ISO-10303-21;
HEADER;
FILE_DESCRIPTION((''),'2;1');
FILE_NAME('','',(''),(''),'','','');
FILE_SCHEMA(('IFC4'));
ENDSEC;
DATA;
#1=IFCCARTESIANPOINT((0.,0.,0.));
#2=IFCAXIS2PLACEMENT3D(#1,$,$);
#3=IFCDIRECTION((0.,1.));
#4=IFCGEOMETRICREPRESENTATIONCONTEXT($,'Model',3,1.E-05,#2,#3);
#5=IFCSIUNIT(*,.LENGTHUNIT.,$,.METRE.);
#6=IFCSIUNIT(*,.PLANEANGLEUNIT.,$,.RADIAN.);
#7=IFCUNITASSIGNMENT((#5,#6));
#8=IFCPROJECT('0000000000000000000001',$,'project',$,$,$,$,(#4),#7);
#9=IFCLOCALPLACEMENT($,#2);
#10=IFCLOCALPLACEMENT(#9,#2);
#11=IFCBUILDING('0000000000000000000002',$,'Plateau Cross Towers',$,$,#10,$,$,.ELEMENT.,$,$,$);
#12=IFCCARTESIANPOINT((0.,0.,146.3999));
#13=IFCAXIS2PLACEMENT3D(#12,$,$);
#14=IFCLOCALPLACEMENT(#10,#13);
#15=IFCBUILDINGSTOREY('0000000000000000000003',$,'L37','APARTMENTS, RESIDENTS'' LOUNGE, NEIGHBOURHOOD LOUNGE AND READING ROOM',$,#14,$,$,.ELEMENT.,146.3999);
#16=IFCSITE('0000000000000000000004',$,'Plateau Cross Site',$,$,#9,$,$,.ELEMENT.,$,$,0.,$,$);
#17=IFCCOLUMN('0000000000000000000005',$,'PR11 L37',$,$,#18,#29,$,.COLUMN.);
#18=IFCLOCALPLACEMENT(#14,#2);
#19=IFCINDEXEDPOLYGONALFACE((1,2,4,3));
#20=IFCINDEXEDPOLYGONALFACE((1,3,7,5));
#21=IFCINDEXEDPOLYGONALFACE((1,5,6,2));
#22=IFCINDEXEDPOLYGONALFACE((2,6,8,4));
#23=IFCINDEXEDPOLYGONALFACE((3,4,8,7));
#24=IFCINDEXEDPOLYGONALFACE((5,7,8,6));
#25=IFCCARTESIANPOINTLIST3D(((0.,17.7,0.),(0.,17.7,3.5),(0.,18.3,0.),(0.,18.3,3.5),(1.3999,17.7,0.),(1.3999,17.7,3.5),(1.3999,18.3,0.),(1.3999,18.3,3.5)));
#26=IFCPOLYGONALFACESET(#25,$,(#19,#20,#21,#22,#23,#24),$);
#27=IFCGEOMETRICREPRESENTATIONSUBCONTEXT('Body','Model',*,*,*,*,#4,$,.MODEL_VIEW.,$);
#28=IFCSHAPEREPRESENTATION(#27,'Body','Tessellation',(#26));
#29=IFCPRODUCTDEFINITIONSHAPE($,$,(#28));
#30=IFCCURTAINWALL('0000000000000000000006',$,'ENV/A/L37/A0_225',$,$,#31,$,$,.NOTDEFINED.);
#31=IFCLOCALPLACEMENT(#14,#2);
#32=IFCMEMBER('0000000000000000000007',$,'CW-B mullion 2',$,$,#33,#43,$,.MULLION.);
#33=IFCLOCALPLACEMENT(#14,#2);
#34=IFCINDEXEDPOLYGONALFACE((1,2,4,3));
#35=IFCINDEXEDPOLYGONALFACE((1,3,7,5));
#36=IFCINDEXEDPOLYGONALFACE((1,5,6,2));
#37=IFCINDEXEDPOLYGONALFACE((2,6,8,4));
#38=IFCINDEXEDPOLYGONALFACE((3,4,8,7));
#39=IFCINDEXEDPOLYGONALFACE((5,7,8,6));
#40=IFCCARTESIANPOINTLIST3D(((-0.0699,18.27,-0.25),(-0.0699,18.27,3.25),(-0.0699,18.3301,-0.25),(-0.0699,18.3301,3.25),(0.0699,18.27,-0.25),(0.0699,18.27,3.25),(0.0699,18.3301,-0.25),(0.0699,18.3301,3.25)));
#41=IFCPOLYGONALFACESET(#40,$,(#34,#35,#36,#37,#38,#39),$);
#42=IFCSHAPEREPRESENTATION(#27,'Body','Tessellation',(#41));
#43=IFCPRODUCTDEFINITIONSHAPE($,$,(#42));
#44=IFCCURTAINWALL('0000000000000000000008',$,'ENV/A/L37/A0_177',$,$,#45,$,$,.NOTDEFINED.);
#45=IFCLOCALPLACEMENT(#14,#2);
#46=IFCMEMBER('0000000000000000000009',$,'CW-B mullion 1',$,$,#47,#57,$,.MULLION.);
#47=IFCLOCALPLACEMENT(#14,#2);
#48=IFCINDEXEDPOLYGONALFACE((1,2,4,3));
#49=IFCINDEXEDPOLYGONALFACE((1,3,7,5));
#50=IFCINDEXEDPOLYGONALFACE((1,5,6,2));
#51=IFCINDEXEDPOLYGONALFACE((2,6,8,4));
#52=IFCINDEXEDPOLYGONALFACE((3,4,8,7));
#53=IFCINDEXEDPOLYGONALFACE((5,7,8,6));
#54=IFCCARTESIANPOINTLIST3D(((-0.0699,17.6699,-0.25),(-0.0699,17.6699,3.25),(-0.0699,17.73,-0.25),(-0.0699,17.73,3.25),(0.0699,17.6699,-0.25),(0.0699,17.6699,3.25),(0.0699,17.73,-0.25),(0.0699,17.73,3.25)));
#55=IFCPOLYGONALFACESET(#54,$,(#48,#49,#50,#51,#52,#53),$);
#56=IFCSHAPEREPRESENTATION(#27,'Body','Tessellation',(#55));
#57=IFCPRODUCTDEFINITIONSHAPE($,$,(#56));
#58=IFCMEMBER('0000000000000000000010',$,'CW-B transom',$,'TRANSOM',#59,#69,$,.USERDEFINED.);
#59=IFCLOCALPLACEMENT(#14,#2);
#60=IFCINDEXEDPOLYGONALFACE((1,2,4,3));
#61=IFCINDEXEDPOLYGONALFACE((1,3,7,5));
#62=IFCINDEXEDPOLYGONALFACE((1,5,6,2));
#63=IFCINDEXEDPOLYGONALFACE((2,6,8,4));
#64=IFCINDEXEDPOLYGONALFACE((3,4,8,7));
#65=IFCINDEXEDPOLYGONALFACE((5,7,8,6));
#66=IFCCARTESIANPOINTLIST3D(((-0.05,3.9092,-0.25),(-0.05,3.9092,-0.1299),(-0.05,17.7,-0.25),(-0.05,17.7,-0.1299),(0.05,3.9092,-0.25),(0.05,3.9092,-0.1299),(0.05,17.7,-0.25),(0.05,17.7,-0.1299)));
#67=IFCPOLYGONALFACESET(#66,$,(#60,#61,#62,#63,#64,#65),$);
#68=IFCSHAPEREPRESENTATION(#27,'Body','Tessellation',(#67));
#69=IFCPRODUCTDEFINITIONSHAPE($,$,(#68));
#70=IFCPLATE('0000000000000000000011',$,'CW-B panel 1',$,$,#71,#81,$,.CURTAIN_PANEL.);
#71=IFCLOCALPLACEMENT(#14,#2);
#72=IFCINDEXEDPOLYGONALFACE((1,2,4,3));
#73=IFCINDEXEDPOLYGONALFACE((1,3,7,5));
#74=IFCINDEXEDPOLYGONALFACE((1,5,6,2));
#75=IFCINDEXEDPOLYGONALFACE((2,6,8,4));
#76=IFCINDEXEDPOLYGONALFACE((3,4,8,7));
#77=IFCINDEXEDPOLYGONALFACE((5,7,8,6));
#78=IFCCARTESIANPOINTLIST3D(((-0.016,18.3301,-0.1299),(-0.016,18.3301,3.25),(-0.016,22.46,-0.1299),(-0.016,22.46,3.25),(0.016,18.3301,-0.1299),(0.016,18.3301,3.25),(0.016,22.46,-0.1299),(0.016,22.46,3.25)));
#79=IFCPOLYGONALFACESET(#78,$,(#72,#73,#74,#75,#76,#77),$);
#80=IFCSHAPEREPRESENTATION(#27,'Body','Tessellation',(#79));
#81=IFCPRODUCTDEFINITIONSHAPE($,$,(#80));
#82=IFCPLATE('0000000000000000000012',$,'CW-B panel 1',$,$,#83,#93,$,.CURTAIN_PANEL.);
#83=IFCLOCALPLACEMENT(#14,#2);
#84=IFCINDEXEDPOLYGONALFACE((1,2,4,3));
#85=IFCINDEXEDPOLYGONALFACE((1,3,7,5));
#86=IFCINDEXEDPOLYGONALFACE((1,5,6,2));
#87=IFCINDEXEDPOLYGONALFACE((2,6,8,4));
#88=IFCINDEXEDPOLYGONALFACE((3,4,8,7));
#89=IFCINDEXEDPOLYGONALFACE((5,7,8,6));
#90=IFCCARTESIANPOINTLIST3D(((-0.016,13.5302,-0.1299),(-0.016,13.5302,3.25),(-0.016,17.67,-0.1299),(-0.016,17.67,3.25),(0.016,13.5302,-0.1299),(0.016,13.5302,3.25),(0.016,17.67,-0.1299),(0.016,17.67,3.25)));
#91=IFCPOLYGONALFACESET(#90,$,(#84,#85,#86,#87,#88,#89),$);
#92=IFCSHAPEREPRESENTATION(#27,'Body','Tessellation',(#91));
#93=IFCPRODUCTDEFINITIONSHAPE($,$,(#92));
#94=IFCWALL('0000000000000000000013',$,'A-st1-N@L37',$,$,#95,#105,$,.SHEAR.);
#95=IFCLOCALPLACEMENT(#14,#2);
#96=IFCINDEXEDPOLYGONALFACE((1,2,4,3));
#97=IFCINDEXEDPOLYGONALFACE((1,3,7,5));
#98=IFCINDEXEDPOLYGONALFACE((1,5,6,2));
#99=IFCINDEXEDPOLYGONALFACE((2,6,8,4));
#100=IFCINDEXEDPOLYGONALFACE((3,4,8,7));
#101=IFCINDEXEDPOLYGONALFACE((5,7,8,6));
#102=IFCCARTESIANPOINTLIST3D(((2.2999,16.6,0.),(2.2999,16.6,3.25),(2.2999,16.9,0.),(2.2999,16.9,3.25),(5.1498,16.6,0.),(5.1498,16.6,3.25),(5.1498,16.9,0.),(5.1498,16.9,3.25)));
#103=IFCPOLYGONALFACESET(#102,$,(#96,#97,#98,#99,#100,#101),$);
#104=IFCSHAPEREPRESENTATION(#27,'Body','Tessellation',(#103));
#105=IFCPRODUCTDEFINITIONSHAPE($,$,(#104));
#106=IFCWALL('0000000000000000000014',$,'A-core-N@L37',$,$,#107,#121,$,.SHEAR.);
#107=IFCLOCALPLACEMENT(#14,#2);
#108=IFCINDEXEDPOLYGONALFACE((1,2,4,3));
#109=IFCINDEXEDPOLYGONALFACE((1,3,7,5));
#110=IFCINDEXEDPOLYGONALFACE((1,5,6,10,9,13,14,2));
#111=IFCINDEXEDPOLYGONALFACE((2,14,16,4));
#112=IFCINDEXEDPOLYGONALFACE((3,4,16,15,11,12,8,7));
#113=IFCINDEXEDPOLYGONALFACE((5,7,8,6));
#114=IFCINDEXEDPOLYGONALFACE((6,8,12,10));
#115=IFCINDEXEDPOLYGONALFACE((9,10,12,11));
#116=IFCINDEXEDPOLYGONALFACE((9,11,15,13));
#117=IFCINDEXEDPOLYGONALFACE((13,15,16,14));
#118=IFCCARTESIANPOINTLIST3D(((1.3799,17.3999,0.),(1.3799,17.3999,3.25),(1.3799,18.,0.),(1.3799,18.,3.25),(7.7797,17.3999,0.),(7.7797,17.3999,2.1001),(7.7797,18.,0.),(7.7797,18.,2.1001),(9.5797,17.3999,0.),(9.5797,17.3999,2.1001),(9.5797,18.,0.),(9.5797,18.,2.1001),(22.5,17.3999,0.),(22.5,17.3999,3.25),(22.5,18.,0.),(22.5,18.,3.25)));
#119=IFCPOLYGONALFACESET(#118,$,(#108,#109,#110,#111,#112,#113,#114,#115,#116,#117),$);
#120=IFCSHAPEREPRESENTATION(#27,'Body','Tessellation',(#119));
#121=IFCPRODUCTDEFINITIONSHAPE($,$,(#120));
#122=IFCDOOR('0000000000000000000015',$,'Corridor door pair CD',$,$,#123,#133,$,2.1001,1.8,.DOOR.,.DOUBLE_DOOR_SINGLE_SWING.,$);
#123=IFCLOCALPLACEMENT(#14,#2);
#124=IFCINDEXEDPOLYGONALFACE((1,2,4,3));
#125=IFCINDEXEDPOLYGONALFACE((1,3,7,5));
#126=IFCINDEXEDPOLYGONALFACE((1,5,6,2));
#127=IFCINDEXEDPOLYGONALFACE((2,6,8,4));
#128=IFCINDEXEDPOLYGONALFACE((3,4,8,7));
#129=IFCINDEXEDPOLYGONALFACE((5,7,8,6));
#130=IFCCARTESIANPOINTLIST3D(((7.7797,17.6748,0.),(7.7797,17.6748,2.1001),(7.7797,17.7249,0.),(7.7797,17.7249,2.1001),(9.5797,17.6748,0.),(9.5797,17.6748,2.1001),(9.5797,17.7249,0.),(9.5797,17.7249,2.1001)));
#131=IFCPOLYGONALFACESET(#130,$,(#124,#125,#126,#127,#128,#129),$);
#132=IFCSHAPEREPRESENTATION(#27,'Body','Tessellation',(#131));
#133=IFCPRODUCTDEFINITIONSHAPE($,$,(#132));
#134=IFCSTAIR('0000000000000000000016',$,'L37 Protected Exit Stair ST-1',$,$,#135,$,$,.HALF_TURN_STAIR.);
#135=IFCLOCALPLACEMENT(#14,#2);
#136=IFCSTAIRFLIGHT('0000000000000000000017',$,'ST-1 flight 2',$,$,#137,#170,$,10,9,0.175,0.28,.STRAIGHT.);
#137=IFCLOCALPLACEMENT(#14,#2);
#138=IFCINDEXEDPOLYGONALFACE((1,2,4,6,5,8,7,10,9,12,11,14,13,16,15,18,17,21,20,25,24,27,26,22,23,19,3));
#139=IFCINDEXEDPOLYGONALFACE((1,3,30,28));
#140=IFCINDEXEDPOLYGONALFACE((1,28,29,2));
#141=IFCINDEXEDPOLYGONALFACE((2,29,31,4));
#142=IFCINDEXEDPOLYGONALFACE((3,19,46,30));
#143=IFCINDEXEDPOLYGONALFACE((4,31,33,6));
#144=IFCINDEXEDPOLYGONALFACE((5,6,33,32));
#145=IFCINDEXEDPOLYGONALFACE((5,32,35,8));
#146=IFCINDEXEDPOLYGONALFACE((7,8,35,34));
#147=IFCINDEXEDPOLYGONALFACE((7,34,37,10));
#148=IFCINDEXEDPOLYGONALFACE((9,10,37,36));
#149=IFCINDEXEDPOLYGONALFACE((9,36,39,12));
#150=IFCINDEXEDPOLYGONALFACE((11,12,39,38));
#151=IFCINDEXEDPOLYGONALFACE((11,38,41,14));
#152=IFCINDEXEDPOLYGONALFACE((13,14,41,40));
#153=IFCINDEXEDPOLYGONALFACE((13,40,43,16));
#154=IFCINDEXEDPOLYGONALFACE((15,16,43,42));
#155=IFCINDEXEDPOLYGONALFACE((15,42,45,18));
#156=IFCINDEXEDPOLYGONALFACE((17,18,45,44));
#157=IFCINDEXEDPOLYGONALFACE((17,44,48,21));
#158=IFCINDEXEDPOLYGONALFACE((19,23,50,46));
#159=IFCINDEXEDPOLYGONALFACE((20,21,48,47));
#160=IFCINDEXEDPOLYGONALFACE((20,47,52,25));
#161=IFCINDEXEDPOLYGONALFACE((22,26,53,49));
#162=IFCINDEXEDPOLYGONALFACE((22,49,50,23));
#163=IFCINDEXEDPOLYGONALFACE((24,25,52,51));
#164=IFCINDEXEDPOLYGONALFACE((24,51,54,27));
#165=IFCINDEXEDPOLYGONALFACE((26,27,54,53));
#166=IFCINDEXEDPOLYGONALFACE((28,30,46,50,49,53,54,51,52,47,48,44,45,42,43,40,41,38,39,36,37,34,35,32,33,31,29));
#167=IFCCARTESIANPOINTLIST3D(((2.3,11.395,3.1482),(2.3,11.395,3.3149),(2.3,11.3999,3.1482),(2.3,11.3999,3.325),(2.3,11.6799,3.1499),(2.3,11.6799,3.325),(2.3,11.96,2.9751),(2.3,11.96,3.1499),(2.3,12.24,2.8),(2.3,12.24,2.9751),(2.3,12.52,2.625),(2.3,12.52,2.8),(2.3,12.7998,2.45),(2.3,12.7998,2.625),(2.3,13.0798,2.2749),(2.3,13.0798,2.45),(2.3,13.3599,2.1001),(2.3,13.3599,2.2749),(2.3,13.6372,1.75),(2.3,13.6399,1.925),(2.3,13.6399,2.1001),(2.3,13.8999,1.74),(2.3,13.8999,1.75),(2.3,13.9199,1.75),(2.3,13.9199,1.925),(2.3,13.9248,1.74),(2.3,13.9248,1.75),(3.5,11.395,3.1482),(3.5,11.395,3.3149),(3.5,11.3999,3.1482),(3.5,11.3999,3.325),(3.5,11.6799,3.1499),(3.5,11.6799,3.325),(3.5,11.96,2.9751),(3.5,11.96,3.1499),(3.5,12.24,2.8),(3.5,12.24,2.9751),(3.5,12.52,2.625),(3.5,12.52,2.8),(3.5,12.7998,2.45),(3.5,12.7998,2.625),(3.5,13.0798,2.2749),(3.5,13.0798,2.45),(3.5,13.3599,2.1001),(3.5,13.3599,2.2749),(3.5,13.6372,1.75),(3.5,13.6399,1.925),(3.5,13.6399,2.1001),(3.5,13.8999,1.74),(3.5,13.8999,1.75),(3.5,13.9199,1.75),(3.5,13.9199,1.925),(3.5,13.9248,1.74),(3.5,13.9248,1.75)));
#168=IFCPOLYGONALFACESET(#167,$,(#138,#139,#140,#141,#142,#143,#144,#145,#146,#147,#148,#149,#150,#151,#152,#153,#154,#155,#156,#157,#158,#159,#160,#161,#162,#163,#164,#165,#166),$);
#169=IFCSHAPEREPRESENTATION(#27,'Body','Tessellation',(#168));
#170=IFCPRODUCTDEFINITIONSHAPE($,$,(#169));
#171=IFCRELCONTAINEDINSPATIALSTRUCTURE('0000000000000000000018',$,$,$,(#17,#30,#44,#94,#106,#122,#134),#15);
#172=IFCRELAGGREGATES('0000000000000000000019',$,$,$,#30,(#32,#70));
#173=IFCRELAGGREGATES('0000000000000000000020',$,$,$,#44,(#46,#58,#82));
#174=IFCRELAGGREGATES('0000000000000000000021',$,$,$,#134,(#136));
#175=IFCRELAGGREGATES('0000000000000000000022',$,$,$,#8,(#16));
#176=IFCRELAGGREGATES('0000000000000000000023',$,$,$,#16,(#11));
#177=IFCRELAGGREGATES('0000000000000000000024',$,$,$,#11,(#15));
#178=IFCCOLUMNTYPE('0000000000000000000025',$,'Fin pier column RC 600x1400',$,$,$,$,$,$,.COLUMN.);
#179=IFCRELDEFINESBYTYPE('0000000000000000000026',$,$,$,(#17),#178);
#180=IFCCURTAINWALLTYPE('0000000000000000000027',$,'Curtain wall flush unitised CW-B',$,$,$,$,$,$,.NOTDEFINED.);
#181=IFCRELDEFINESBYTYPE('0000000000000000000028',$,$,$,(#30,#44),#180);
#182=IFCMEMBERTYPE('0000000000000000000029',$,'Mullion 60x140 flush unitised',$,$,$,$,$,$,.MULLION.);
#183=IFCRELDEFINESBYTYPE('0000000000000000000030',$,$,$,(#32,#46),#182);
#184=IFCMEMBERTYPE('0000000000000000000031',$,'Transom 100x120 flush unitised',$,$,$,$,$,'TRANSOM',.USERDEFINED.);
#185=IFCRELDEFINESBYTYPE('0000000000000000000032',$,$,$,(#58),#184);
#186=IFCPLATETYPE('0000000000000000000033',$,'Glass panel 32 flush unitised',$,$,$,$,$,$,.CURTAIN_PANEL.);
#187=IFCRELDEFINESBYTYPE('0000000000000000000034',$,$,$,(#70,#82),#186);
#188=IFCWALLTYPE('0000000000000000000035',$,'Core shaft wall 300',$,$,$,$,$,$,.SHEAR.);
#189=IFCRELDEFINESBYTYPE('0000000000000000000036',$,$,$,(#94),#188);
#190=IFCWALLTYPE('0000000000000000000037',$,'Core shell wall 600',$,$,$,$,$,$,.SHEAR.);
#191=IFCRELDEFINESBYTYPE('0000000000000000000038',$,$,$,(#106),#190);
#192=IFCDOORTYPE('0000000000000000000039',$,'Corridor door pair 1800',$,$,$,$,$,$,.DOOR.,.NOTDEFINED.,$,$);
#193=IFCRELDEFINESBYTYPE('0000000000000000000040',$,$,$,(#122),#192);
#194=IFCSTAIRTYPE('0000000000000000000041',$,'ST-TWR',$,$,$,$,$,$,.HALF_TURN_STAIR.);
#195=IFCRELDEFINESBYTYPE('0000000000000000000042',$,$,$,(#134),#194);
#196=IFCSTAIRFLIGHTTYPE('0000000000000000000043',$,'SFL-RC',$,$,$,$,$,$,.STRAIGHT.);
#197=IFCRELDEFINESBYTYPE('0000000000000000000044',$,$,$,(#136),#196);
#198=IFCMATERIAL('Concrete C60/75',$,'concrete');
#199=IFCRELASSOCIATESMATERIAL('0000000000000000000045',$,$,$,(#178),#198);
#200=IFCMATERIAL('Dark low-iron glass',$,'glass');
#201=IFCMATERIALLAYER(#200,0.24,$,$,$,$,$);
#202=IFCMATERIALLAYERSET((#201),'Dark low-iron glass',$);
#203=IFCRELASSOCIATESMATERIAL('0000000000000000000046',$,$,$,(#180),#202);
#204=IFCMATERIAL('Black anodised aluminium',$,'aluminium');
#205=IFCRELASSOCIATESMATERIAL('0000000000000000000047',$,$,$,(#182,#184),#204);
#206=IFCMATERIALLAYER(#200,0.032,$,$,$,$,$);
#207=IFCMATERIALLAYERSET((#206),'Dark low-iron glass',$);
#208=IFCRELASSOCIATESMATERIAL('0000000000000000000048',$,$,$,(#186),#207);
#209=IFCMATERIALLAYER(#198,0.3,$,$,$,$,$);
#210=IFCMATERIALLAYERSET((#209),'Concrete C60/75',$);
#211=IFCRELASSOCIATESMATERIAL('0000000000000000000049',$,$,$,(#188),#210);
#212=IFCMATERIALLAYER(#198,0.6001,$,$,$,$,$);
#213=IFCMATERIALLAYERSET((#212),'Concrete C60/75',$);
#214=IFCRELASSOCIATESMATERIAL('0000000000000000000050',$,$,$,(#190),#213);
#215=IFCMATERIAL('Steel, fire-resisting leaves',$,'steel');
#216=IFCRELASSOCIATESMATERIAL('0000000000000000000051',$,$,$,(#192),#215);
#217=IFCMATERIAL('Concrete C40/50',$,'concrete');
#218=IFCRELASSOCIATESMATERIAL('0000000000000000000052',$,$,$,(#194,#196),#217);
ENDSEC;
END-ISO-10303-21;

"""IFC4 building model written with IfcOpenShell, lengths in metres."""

from ifc_helpers import new_model, si_unit, direction, frame, frame_2d, origin, origin_2d, place, context, subcontext, project, spatial, polyline, rectangle, outline, extrude, material, layer, layer_set, material_profile, profile_set, type_object, element, fill, aggregate, save


model = new_model("IFC4")

# Units and contexts
model_context = context("Model", 3, precision=1e-05, world=origin(), true_north=direction((0.0, 1.0)))
body_context = subcontext(model_context, "Body", "Model", "MODEL_VIEW")
ifc_project = project(units=[si_unit("LENGTHUNIT", "METRE"), si_unit("PLANEANGLEUNIT", "RADIAN")], contexts=[model_context])

# Site, building, storey
site_placement = place(None, origin())
site = spatial("IfcSite", under=ifc_project, at=site_placement, Name="Plateau Cross Site", CompositionType="ELEMENT", RefElevation=0.0)
building_placement = place(site_placement, origin())
building = spatial("IfcBuilding", under=site, at=building_placement, Name="Plateau Cross Towers", CompositionType="ELEMENT")
storey_placement = place(building_placement, frame((0.0, 0.0, 146.3999)))
storey = spatial("IfcBuildingStorey", under=building, at=storey_placement, Name="L37", Description="APARTMENTS, RESIDENTS' LOUNGE, NEIGHBOURHOOD LOUNGE AND READING ROOM", CompositionType="ELEMENT", Elevation=146.3999)

# Column
ifc_material_1 = material(Name="Concrete C60/75", Category="concrete")
ifc_material_profile_1 = material_profile(ifc_material_1, rectangle(XDim=0.6001, YDim=1.3999, at=origin_2d()), Name="RC 600x1400")
ifc_profile_set_1 = profile_set([ifc_material_profile_1], Name="Concrete C60/75")
column_type = type_object("IfcColumnType", Name="Fin pier column RC 600x1400", PredefinedType="COLUMN", material=ifc_profile_set_1)
column_placement = place(storey_placement, frame((0.7, 18.0, 0.0), z_axis=(0.0, 0.0, 1.0), x_axis=(0.0, 1.0, 0.0)))
element("IfcColumn", 1, at=column_placement, inside=storey, type_object=column_type, Name="PR11 L37", PredefinedType="COLUMN", context=body_context, shape_type="SweptSolid", body=[
    extrude(rectangle(XDim=0.6001, YDim=1.3999, at=origin_2d()), origin(), (0.0, 0.0, 1.0), 3.5),
])

# Curtain wall, member
ifc_material_2 = material(Name="Dark low-iron glass", Category="glass")
ifc_layer_1 = layer(ifc_material_2, 0.24)
ifc_layer_set_1 = layer_set([ifc_layer_1], Name="Dark low-iron glass")
curtain_wall_type = type_object("IfcCurtainWallType", Name="Curtain wall flush unitised CW-B", PredefinedType="NOTDEFINED", material=ifc_layer_set_1)
curtain_wall_1_placement = place(storey_placement, origin())
curtain_wall_1 = element("IfcCurtainWall", 2, at=curtain_wall_1_placement, inside=storey, type_object=curtain_wall_type, Name="ENV/A/L37/A0_225", PredefinedType="NOTDEFINED")
ifc_material_3 = material(Name="Black anodised aluminium", Category="aluminium")
ifc_material_profile_2 = material_profile(ifc_material_3, rectangle(XDim=0.0601, YDim=0.1399, at=origin_2d()), Name="MULLION 60x140")
ifc_profile_set_2 = profile_set([ifc_material_profile_2], Name="Black anodised aluminium")
member_type_1 = type_object("IfcMemberType", Name="Mullion 60x140 flush unitised", PredefinedType="MULLION", material=ifc_profile_set_2)
member_1_placement = place(storey_placement, frame((0.0, 18.3, -0.25), z_axis=(0.0, 0.0, 1.0), x_axis=(0.0, -1.0, 0.0)))
member_1 = element("IfcMember", 3, at=member_1_placement, type_object=member_type_1, Name="CW-B mullion 2", PredefinedType="MULLION", context=body_context, shape_type="SweptSolid", body=[
    extrude(rectangle(XDim=0.0601, YDim=0.1399, at=origin_2d()), origin(), (0.0, 0.0, 1.0), 3.5),
])

# Curtain wall, members
curtain_wall_2_placement = place(storey_placement, origin())
curtain_wall_2 = element("IfcCurtainWall", 4, at=curtain_wall_2_placement, inside=storey, type_object=curtain_wall_type, Name="ENV/A/L37/A0_177", PredefinedType="NOTDEFINED")
member_2_placement = place(storey_placement, frame((0.0, 17.7, -0.25), z_axis=(0.0, 0.0, 1.0), x_axis=(0.0, -1.0, 0.0)))
member_2 = element("IfcMember", 5, at=member_2_placement, type_object=member_type_1, Name="CW-B mullion 1", PredefinedType="MULLION", context=body_context, shape_type="SweptSolid", body=[
    extrude(rectangle(XDim=0.0601, YDim=0.1399, at=origin_2d()), origin(), (0.0, 0.0, 1.0), 3.5),
])
ifc_material_profile_3 = material_profile(ifc_material_3, rectangle(XDim=0.1001, YDim=0.1201, at=origin_2d()), Name="TRANSOM 100x120")
ifc_profile_set_3 = profile_set([ifc_material_profile_3], Name="Black anodised aluminium")
member_type_2 = type_object("IfcMemberType", Name="Transom 100x120 flush unitised", ElementType="TRANSOM", PredefinedType="USERDEFINED", material=ifc_profile_set_3)
member_3_placement = place(storey_placement, frame((0.0, 17.7, -0.1899), z_axis=(0.0, -1.0, 0.0), x_axis=(1.0, 0.0, 0.0)))
member_3 = element("IfcMember", 6, at=member_3_placement, type_object=member_type_2, Name="CW-B transom", ObjectType="TRANSOM", PredefinedType="USERDEFINED", context=body_context, shape_type="SweptSolid", body=[
    extrude(rectangle(XDim=0.1001, YDim=0.1201, at=origin_2d()), origin(), (0.0, 0.0, 1.0), 13.7908),
])

# Plates
ifc_layer_2 = layer(ifc_material_2, 0.032)
ifc_layer_set_2 = layer_set([ifc_layer_2], Name="Dark low-iron glass")
plate_type = type_object("IfcPlateType", Name="Glass panel 32 flush unitised", PredefinedType="CURTAIN_PANEL", material=ifc_layer_set_2)
plate_1_placement = place(storey_placement, frame((0.0, 20.395, -0.1299), z_axis=(0.0, 0.0, 1.0), x_axis=(0.0, -1.0, 0.0)))
plate_1 = element("IfcPlate", 7, at=plate_1_placement, type_object=plate_type, Name="CW-B panel 1", PredefinedType="CURTAIN_PANEL", context=body_context, shape_type="SweptSolid", body=[
    extrude(rectangle(XDim=4.1299, YDim=0.032, at=origin_2d()), origin(), (0.0, 0.0, 1.0), 3.3799),
])
aggregate(curtain_wall_1, [member_1, plate_1])
plate_2_placement = place(storey_placement, frame((0.0, 15.6001, -0.1299), z_axis=(0.0, 0.0, 1.0), x_axis=(0.0, -1.0, 0.0)))
plate_2 = element("IfcPlate", 8, at=plate_2_placement, type_object=plate_type, Name="CW-B panel 1", PredefinedType="CURTAIN_PANEL", context=body_context, shape_type="SweptSolid", body=[
    extrude(rectangle(XDim=4.1399, YDim=0.032, at=origin_2d()), origin(), (0.0, 0.0, 1.0), 3.3799),
])
aggregate(curtain_wall_2, [member_2, member_3, plate_2])

# Wall
ifc_layer_3 = layer(ifc_material_1, 0.3)
ifc_layer_set_3 = layer_set([ifc_layer_3], Name="Concrete C60/75")
wall_type_1 = type_object("IfcWallType", Name="Core shaft wall 300", PredefinedType="SHEAR", material=ifc_layer_set_3)
wall_1_placement = place(storey_placement, frame((2.3, 16.75, 0.0), z_axis=(0.0, 0.0, 1.0), x_axis=(1.0, 0.0, 0.0)))
element("IfcWall", 9, at=wall_1_placement, inside=storey, type_object=wall_type_1, Name="A-st1-N@L37", PredefinedType="SHEAR", context=body_context, shape_type="SweptSolid", body=[
    extrude(rectangle(XDim=2.8499, YDim=0.3, at=frame_2d((1.4248, 0.0))), origin(), (0.0, 0.0, 1.0), 3.25),
])

# Wall, opening, door
ifc_layer_4 = layer(ifc_material_1, 0.6001)
ifc_layer_set_4 = layer_set([ifc_layer_4], Name="Concrete C60/75")
wall_type_2 = type_object("IfcWallType", Name="Core shell wall 600", PredefinedType="SHEAR", material=ifc_layer_set_4)
wall_2_placement = place(storey_placement, frame((1.3799, 17.7, 0.0), z_axis=(0.0, 0.0, 1.0), x_axis=(1.0, 0.0, 0.0)))
wall_2 = element("IfcWall", 10, at=wall_2_placement, inside=storey, type_object=wall_type_2, Name="A-core-N@L37", PredefinedType="SHEAR", context=body_context, shape_type="SweptSolid", body=[
    extrude(rectangle(XDim=21.1201, YDim=0.6001, at=frame_2d((10.5601, 0.0))), origin(), (0.0, 0.0, 1.0), 3.25),
])
opening_placement = place(wall_2_placement, frame((6.3999, 0.0, 0.0)))
opening = element("IfcOpeningElement", 11, at=opening_placement, cuts=wall_2, PredefinedType="OPENING", context=body_context, shape_type="SweptSolid", body=[
    extrude(rectangle(XDim=1.8, YDim=2.1001, at=frame_2d((0.8999, 1.05))), frame((0.0, 0.3101, 0.0), z_axis=(0.0, -1.0, 0.0), x_axis=(1.0, 0.0, 0.0)), (0.0, 0.0, 1.0), 0.6201),
])
ifc_material_4 = material(Name="Steel, fire-resisting leaves", Category="steel")
door_type = type_object("IfcDoorType", Name="Corridor door pair 1800", OperationType="NOTDEFINED", PredefinedType="DOOR", material=ifc_material_4)
door_placement = place(opening_placement, origin())
door = element("IfcDoor", 12, at=door_placement, inside=storey, type_object=door_type, Name="Corridor door pair CD", OperationType="DOUBLE_DOOR_SINGLE_SWING", OverallHeight=2.1001, OverallWidth=1.8, PredefinedType="DOOR", context=body_context, shape_type="SweptSolid", body=[
    extrude(rectangle(XDim=1.8, YDim=2.1001, at=frame_2d((0.8999, 1.05))), frame((0.0, 0.0249, 0.0), z_axis=(0.0, -1.0, 0.0), x_axis=(1.0, 0.0, 0.0)), (0.0, 0.0, 1.0), 0.05),
])
fill(opening, door)

# Stair, stair flight
ifc_material_5 = material(Name="Concrete C40/50", Category="concrete")
stair_type = type_object("IfcStairType", Name="ST-TWR", PredefinedType="HALF_TURN_STAIR", material=ifc_material_5)
stair_placement = place(storey_placement, origin())
stair = element("IfcStair", 13, at=stair_placement, inside=storey, type_object=stair_type, Name="L37 Protected Exit Stair ST-1", PredefinedType="HALF_TURN_STAIR")
stair_flight_type = type_object("IfcStairFlightType", Name="SFL-RC", PredefinedType="STRAIGHT", material=ifc_material_5)
stair_flight_placement = place(storey_placement, frame((2.8999, 13.9199, 1.75), z_axis=(0.0, 0.0, 1.0), x_axis=(0.0, -1.0, 0.0)))
stair_flight = element("IfcStairFlight", 14, at=stair_flight_placement, type_object=stair_flight_type, Name="ST-1 flight 2", NumberOfRisers=10, NumberOfTreads=9, PredefinedType="STRAIGHT", RiserHeight=0.175, TreadLength=0.28, context=body_context, shape_type="SweptSolid", body=[
    extrude(outline(polyline([(-0.0049, -0.01), (-0.0049, 0.0), (0.0, 0.0), (0.0, 0.175), (0.28, 0.175), (0.28, 0.3501), (0.5601, 0.3501), (0.5601, 0.5249), (0.8401, 0.5249), (0.8401, 0.7), (1.1201, 0.7), (1.1201, 0.875), (1.3999, 0.875), (1.3999, 1.05), (1.6799, 1.05), (1.6799, 1.2251), (1.96, 1.2251), (1.96, 1.3999), (2.24, 1.3999), (2.24, 1.575), (2.52, 1.575), (2.5249, 1.5649), (2.5249, 1.3982), (2.52, 1.3982), (0.2827, 0.0), (0.02, 0.0), (0.02, -0.01), (-0.0049, -0.01)])), frame((0.0, 0.6001, 0.0), z_axis=(0.0, -1.0, 0.0), x_axis=(1.0, 0.0, 0.0)), (0.0, 0.0, 1.0), 1.2),
])
aggregate(stair, [stair_flight])

save(model, "model.ifc")
